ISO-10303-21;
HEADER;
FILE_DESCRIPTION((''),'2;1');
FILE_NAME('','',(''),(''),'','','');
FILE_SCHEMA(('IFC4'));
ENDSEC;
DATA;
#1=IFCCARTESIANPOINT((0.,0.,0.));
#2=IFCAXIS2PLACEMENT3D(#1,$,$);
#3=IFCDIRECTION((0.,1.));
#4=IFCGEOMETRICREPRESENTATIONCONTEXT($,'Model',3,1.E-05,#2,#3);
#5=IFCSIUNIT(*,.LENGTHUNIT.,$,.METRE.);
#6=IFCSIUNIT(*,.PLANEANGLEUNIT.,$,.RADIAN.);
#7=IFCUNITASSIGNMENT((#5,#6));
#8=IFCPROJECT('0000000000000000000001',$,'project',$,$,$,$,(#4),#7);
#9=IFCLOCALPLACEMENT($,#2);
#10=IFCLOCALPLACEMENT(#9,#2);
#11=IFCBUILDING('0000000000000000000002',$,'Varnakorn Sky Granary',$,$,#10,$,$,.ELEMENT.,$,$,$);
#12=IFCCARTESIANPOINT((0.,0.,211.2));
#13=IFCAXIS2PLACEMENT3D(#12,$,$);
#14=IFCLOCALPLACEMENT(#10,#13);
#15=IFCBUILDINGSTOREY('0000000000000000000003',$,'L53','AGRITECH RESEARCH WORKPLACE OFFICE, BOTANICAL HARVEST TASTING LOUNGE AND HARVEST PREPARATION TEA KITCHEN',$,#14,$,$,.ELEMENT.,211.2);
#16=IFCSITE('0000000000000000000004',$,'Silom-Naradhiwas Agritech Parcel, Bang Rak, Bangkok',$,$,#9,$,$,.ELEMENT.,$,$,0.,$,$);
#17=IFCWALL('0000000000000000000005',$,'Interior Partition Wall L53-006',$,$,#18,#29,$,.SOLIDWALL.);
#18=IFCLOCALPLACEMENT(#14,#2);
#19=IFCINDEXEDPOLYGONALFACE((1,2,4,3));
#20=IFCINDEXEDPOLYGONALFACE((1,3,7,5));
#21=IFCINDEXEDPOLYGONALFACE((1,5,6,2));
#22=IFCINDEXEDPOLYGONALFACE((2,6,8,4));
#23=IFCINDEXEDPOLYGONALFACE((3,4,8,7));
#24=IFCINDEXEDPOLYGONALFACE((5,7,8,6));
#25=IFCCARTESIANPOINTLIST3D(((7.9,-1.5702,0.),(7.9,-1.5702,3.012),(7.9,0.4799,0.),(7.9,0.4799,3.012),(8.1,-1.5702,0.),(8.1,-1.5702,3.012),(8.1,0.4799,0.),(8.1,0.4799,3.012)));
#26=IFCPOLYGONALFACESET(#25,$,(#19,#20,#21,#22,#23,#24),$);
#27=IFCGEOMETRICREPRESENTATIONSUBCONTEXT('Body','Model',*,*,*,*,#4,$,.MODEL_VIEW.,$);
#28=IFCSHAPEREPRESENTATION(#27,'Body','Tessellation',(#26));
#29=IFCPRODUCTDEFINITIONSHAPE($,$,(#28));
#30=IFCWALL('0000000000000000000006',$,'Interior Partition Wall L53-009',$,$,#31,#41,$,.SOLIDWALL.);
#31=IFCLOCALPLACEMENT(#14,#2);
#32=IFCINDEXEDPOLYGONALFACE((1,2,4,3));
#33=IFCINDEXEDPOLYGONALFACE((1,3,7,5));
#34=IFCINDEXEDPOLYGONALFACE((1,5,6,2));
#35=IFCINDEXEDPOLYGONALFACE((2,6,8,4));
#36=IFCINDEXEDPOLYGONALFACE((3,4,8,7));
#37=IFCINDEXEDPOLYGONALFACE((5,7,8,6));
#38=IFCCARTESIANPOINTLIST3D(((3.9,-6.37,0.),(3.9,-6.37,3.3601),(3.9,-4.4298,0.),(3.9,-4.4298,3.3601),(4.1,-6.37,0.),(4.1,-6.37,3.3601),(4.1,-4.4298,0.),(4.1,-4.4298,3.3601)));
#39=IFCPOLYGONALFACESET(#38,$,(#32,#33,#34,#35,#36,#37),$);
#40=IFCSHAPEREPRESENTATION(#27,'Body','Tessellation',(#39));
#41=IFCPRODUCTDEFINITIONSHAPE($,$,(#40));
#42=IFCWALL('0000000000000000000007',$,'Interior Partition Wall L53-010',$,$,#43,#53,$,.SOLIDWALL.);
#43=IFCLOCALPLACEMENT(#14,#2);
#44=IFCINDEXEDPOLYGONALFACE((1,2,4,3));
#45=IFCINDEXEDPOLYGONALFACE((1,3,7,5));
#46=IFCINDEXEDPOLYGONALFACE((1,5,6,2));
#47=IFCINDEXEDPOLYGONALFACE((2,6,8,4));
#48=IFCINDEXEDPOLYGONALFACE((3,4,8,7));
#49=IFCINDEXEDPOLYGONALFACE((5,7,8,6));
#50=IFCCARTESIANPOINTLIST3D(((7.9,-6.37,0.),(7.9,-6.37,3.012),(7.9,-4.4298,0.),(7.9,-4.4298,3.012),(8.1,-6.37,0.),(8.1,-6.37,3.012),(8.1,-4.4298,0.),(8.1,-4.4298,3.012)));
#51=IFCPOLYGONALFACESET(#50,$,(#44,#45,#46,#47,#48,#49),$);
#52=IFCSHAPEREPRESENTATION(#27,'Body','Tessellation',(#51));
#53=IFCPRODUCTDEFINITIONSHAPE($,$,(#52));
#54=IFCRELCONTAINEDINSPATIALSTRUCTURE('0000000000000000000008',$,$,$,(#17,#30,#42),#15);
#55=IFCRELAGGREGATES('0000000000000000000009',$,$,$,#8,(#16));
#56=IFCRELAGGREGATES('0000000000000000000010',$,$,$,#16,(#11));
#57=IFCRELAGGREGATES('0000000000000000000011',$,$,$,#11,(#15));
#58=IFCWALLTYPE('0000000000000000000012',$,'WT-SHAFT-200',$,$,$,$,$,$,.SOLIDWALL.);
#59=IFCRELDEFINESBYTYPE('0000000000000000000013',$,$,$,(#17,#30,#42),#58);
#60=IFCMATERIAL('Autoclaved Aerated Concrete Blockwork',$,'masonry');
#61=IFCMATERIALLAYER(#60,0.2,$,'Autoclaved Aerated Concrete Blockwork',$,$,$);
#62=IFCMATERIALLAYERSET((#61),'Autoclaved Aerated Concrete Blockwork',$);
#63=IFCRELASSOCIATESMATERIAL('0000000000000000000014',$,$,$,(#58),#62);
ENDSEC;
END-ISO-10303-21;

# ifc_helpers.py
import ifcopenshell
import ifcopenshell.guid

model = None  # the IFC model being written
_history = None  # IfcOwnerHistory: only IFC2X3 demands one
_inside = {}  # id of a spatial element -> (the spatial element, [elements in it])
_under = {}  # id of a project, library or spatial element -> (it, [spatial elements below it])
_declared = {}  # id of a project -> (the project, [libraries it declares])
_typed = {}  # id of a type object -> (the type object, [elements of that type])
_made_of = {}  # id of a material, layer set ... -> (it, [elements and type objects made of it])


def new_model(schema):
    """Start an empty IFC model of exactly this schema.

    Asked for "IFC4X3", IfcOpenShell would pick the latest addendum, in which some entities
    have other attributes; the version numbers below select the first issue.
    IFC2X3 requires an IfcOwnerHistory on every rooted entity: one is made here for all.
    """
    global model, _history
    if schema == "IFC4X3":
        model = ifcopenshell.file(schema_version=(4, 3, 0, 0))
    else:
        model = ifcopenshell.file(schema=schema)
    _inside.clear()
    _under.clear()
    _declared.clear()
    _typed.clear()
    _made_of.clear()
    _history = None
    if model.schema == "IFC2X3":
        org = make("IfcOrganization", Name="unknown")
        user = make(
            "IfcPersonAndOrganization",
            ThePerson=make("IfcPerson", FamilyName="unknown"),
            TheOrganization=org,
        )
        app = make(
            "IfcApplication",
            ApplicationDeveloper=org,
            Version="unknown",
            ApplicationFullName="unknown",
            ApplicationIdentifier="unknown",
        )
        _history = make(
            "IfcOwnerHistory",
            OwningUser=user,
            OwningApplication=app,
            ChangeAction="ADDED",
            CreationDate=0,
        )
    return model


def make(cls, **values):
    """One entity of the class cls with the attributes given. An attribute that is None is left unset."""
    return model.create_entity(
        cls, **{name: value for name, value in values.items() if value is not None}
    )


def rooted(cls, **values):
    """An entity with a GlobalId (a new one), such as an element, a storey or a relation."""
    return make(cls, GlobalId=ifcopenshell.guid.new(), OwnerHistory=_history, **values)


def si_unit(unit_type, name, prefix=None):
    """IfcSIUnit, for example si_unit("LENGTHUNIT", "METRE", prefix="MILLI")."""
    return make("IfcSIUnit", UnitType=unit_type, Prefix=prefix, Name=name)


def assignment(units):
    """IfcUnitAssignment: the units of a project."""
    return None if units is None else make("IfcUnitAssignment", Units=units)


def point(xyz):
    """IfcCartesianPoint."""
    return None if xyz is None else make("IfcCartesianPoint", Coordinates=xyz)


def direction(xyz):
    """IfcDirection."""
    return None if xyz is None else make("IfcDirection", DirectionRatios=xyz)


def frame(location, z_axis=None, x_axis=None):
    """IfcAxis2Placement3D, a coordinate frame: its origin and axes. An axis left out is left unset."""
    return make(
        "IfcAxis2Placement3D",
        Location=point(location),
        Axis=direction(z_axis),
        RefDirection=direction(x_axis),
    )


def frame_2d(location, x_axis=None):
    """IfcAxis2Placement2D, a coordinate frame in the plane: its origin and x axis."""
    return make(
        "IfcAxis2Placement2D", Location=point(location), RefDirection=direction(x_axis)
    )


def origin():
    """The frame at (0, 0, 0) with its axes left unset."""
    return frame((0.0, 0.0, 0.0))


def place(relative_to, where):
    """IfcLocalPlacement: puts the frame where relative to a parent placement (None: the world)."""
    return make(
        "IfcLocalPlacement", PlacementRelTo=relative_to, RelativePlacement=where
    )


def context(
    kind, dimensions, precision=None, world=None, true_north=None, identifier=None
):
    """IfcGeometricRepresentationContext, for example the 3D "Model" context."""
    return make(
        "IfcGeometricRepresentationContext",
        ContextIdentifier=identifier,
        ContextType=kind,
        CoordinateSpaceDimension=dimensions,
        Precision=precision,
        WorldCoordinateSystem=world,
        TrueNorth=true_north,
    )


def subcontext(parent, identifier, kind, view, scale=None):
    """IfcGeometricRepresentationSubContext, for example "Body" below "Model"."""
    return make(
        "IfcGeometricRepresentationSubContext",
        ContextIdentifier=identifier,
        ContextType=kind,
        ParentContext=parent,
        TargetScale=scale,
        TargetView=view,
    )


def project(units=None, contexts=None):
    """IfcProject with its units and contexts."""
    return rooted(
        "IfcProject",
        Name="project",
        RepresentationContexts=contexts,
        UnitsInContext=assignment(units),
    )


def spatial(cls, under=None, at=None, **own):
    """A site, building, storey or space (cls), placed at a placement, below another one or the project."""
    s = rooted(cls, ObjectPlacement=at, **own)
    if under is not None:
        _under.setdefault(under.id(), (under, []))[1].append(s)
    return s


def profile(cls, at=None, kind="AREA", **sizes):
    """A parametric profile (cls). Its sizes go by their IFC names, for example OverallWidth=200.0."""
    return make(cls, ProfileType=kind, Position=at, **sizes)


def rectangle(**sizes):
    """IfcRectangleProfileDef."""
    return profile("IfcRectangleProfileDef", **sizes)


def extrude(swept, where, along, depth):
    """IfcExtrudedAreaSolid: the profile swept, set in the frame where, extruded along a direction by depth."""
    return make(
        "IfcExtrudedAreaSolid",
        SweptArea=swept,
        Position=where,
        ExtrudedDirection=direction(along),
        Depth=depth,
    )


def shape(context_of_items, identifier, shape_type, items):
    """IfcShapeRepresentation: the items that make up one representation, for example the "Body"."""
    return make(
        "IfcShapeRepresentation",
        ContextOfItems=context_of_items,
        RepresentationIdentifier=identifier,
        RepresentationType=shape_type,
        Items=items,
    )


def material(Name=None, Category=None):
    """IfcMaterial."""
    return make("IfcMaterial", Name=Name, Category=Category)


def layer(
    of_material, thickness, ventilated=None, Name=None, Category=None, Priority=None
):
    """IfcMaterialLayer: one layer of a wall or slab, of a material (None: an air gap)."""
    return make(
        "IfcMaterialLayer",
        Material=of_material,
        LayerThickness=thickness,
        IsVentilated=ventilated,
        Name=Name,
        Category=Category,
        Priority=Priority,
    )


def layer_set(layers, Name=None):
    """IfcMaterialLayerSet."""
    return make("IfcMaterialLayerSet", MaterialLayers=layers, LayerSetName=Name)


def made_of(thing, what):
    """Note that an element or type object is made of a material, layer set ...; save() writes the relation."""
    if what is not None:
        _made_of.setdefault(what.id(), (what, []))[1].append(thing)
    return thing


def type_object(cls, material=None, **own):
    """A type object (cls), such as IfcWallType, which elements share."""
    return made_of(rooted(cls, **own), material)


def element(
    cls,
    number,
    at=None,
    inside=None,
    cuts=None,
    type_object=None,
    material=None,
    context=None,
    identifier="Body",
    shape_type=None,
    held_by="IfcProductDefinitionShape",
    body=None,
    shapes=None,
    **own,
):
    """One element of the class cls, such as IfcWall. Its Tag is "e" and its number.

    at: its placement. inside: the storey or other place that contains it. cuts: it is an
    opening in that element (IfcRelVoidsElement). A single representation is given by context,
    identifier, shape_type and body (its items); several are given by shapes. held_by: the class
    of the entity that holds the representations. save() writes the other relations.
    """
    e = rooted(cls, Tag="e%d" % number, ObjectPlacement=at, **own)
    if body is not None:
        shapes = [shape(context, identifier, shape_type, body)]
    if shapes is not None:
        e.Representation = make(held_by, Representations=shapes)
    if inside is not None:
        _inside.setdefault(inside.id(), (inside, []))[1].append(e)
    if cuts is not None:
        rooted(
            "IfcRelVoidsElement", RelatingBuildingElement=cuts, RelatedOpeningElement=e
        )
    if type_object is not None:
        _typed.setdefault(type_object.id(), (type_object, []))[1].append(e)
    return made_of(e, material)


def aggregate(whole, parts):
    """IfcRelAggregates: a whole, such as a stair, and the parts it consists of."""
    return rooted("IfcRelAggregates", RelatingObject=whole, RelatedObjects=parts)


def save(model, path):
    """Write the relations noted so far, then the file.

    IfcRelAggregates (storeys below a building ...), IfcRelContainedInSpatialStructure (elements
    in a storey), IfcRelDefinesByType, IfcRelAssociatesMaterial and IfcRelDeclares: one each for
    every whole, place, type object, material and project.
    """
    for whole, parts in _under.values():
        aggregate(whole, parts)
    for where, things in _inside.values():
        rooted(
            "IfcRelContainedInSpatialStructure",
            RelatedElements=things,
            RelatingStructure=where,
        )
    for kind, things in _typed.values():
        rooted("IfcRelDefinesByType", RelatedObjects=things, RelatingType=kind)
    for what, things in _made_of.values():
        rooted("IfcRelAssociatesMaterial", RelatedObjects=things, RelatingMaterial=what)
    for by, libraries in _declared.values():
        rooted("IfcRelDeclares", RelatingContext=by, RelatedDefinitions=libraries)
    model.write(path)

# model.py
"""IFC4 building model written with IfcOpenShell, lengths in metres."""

from ifc_helpers import new_model, si_unit, direction, frame, frame_2d, origin, place, context, subcontext, project, spatial, rectangle, extrude, material, layer, layer_set, type_object, element, save


model = new_model("IFC4")

# Units and contexts
model_context = context("Model", 3, precision=1e-05, world=origin(), true_north=direction((0.0, 1.0)))
body_context = subcontext(model_context, "Body", "Model", "MODEL_VIEW")
ifc_project = project(units=[si_unit("LENGTHUNIT", "METRE"), si_unit("PLANEANGLEUNIT", "RADIAN")], contexts=[model_context])

# Site, building, storey
site_placement = place(None, origin())
site = spatial("IfcSite", under=ifc_project, at=site_placement, Name="Silom-Naradhiwas Agritech Parcel, Bang Rak, Bangkok", CompositionType="ELEMENT", RefElevation=0.0)
building_placement = place(site_placement, origin())
building = spatial("IfcBuilding", under=site, at=building_placement, Name="Varnakorn Sky Granary", CompositionType="ELEMENT")
storey_placement = place(building_placement, frame((0.0, 0.0, 211.2)))
storey = spatial("IfcBuildingStorey", under=building, at=storey_placement, Name="L53", Description="AGRITECH RESEARCH WORKPLACE OFFICE, BOTANICAL HARVEST TASTING LOUNGE AND HARVEST PREPARATION TEA KITCHEN", CompositionType="ELEMENT", Elevation=211.2)

# Shared definitions
ifc_material_1 = material(Name="Autoclaved Aerated Concrete Blockwork", Category="masonry")

# Walls
ifc_layer_1 = layer(ifc_material_1, 0.2, Name="Autoclaved Aerated Concrete Blockwork")
ifc_layer_set_1 = layer_set([ifc_layer_1], Name="Autoclaved Aerated Concrete Blockwork")
wall_type_1 = type_object("IfcWallType", Name="WT-SHAFT-200", PredefinedType="SOLIDWALL", material=ifc_layer_set_1)
wall_1_placement = place(storey_placement, frame((8.0, -1.5701, 0.0), z_axis=(0.0, 0.0, 1.0), x_axis=(0.0, 1.0, 0.0)))
element("IfcWall", 1, at=wall_1_placement, inside=storey, type_object=wall_type_1, Name="Interior Partition Wall L53-006", PredefinedType="SOLIDWALL", context=body_context, shape_type="SweptSolid", body=[
    extrude(rectangle(XDim=2.05, YDim=0.2, at=frame_2d((1.0249, 0.0))), origin(), (0.0, 0.0, 1.0), 3.012),
])
wall_2_placement = place(storey_placement, frame((4.0, -6.3701, 0.0), z_axis=(0.0, 0.0, 1.0), x_axis=(0.0, 1.0, 0.0)))
element("IfcWall", 2, at=wall_2_placement, inside=storey, type_object=wall_type_1, Name="Interior Partition Wall L53-009", PredefinedType="SOLIDWALL", context=body_context, shape_type="SweptSolid", body=[
    extrude(rectangle(XDim=1.9402, YDim=0.2, at=frame_2d((0.9702, 0.0))), origin(), (0.0, 0.0, 1.0), 3.3601),
])
wall_3_placement = place(storey_placement, frame((8.0, -6.3701, 0.0), z_axis=(0.0, 0.0, 1.0), x_axis=(0.0, 1.0, 0.0)))
element("IfcWall", 3, at=wall_3_placement, inside=storey, type_object=wall_type_1, Name="Interior Partition Wall L53-010", PredefinedType="SOLIDWALL", context=body_context, shape_type="SweptSolid", body=[
    extrude(rectangle(XDim=1.9402, YDim=0.2, at=frame_2d((0.9702, 0.0))), origin(), (0.0, 0.0, 1.0), 3.012),
])

save(model, "model.ifc")
